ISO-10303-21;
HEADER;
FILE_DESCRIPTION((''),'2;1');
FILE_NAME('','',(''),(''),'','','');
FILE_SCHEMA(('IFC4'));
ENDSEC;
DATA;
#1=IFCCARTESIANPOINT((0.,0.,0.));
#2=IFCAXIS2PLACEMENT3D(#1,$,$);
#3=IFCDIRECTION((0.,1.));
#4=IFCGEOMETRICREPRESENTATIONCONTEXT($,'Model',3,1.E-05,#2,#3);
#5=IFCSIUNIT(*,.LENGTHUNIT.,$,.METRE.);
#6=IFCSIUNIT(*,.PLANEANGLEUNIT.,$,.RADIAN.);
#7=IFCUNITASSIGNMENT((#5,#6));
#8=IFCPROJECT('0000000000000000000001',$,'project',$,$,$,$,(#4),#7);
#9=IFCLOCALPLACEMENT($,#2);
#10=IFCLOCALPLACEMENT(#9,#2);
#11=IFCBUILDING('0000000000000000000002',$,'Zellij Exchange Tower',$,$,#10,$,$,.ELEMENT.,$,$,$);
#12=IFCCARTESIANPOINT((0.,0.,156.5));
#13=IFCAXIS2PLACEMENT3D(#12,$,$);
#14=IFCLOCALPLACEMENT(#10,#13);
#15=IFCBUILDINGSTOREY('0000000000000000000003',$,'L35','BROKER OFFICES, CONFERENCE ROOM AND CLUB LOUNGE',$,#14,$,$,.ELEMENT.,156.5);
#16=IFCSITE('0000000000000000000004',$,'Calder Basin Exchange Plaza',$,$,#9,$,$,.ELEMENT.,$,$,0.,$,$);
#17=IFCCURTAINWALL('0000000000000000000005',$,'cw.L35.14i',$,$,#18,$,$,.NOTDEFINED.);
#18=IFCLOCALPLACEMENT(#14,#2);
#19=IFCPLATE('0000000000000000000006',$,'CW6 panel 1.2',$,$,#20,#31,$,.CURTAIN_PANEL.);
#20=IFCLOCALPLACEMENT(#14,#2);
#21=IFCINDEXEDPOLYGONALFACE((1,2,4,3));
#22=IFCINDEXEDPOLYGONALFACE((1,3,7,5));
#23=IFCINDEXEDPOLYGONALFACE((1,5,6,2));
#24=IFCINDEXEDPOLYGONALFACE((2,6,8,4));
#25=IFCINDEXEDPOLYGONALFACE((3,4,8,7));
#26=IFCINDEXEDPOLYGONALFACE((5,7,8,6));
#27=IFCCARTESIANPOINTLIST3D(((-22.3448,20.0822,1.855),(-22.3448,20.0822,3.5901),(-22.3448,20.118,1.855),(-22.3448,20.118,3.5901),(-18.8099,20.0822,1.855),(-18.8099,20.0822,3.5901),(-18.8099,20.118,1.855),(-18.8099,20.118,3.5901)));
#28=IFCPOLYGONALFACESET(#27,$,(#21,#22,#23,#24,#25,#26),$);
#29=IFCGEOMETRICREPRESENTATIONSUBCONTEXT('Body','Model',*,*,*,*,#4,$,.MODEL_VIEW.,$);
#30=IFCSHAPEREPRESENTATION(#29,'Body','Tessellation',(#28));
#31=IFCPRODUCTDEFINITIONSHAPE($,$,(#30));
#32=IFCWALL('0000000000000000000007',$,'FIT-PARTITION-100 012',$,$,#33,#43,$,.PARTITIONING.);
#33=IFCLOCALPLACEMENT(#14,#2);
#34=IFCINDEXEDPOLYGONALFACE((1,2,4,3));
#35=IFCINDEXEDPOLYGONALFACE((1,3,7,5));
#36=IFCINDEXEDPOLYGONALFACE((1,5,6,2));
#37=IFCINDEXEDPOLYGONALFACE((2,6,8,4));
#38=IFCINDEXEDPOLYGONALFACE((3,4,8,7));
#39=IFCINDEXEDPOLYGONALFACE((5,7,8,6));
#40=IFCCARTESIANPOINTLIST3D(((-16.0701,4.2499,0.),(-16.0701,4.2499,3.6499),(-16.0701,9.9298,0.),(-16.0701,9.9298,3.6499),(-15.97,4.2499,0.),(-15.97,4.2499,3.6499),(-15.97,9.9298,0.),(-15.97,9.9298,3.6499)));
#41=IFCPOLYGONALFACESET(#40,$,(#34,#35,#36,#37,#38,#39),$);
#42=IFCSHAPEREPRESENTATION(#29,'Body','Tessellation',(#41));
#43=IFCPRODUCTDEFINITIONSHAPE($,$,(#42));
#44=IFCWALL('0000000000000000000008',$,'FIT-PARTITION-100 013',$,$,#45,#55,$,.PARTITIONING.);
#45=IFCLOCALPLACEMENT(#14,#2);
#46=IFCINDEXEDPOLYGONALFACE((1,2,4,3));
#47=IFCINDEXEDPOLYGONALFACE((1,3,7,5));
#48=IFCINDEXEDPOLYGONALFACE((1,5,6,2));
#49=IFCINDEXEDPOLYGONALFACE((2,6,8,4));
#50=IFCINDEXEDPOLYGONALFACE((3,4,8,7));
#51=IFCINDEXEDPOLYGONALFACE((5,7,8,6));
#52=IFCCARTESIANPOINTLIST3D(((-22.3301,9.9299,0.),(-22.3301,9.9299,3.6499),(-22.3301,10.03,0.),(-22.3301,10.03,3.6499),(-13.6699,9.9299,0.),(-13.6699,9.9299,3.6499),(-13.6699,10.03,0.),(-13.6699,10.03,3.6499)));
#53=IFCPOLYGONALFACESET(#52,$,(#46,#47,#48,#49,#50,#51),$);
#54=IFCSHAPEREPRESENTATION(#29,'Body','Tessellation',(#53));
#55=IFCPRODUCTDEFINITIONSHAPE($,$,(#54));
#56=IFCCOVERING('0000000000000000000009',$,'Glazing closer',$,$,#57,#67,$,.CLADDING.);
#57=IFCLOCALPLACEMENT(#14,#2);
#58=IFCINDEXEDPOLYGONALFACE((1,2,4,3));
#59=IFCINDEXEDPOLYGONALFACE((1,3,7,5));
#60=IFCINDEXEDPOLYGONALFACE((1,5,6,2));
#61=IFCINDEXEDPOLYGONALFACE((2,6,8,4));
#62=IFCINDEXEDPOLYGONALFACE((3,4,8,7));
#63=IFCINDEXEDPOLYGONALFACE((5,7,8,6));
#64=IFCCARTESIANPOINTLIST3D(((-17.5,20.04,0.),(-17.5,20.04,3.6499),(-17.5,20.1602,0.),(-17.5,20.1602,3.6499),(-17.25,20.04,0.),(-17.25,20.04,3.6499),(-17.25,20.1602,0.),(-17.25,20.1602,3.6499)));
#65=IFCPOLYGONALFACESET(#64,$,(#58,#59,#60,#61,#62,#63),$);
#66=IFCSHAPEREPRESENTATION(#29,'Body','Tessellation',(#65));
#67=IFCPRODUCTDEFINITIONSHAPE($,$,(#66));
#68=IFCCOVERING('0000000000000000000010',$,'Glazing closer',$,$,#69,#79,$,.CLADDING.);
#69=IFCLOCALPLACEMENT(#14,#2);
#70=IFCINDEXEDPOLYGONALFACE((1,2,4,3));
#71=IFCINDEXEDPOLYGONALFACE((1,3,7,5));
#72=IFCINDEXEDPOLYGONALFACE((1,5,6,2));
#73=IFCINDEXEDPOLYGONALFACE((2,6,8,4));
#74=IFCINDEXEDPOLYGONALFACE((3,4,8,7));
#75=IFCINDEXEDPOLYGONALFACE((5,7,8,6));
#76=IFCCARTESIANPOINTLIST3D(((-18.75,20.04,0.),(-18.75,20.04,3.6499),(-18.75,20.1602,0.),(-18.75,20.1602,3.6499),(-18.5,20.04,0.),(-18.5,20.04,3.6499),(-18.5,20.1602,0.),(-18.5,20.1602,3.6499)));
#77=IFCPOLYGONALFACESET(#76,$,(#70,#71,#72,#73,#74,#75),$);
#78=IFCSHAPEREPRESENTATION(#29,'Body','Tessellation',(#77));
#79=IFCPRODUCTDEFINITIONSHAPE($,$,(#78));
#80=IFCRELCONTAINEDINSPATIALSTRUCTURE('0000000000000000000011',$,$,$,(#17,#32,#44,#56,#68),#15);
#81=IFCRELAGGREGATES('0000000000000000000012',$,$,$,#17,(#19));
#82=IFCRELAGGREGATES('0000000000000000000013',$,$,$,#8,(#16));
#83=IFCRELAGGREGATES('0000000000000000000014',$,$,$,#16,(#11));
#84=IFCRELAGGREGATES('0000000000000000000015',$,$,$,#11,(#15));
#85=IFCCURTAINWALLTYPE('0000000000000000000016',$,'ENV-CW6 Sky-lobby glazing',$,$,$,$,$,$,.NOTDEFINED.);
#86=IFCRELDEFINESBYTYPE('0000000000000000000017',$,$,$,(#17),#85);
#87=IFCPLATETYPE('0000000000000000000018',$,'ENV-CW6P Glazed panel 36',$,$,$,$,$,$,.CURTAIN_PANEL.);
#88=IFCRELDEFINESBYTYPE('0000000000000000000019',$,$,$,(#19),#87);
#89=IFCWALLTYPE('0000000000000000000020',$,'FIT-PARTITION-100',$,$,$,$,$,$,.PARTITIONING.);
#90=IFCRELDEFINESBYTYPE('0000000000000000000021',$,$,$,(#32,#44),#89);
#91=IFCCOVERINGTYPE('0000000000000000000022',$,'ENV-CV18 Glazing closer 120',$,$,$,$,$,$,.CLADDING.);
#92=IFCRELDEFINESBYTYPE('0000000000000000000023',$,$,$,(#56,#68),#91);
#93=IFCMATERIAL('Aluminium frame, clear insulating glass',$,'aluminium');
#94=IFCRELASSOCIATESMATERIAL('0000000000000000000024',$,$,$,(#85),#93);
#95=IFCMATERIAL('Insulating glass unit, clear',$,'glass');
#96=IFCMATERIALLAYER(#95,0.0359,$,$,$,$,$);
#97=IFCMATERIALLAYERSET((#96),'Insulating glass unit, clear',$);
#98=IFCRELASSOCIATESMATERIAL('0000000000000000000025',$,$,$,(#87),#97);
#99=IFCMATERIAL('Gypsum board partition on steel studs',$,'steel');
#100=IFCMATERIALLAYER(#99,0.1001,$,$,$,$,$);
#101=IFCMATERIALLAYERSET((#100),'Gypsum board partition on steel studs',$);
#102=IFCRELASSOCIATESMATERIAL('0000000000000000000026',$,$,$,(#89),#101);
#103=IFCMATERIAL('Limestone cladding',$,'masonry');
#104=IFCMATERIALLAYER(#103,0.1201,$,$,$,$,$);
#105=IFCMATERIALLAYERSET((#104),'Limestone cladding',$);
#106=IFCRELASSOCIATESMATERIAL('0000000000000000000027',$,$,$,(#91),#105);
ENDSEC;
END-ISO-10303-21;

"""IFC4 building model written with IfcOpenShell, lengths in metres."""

from ifc_helpers import new_model, si_unit, direction, frame, frame_2d, origin, origin_2d, place, context, subcontext, project, spatial, rectangle, extrude, material, layer, layer_set, type_object, element, aggregate, save


model = new_model("IFC4")

# Units and contexts
model_context = context("Model", 3, precision=1e-05, world=origin(), true_north=direction((0.0, 1.0)))
body_context = subcontext(model_context, "Body", "Model", "MODEL_VIEW")
ifc_project = project(units=[si_unit("LENGTHUNIT", "METRE"), si_unit("PLANEANGLEUNIT", "RADIAN")], contexts=[model_context])

# Site, building, storey
site_placement = place(None, origin())
site = spatial("IfcSite", under=ifc_project, at=site_placement, Name="Calder Basin Exchange Plaza", CompositionType="ELEMENT", RefElevation=0.0)
building_placement = place(site_placement, origin())
building = spatial("IfcBuilding", under=site, at=building_placement, Name="Zellij Exchange Tower", CompositionType="ELEMENT")
storey_placement = place(building_placement, frame((0.0, 0.0, 156.5)))
storey = spatial("IfcBuildingStorey", under=building, at=storey_placement, Name="L35", Description="BROKER OFFICES, CONFERENCE ROOM AND CLUB LOUNGE", CompositionType="ELEMENT", Elevation=156.5)

# Shared definitions
ifc_material_1 = material(Name="Aluminium frame, clear insulating glass", Category="aluminium")
curtain_wall_type = type_object("IfcCurtainWallType", Name="ENV-CW6 Sky-lobby glazing", PredefinedType="NOTDEFINED", material=ifc_material_1)

# Curtain wall
curtain_wall_1_placement = place(storey_placement, origin())
curtain_wall_1 = element("IfcCurtainWall", 1, at=curtain_wall_1_placement, inside=storey, type_object=curtain_wall_type, Name="cw.L35.14i", PredefinedType="NOTDEFINED")

# Plate
ifc_material_2 = material(Name="Insulating glass unit, clear", Category="glass")
ifc_layer_1 = layer(ifc_material_2, 0.0359)
ifc_layer_set_1 = layer_set([ifc_layer_1], Name="Insulating glass unit, clear")
plate_type = type_object("IfcPlateType", Name="ENV-CW6P Glazed panel 36", PredefinedType="CURTAIN_PANEL", material=ifc_layer_set_1)
plate_1_placement = place(storey_placement, frame((-20.5774, 20.1001, 1.855), z_axis=(0.0, 0.0, 1.0), x_axis=(-1.0, 0.0, 0.0)))
plate_1 = element("IfcPlate", 2, at=plate_1_placement, type_object=plate_type, Name="CW6 panel 1.2", PredefinedType="CURTAIN_PANEL", context=body_context, shape_type="SweptSolid", body=[
    extrude(rectangle(XDim=3.5349, YDim=0.0359, at=origin_2d()), origin(), (0.0, 0.0, 1.0), 1.7351),
])
aggregate(curtain_wall_1, [plate_1])

# Walls
ifc_material_3 = material(Name="Gypsum board partition on steel studs", Category="steel")
ifc_layer_2 = layer(ifc_material_3, 0.1001)
ifc_layer_set_2 = layer_set([ifc_layer_2], Name="Gypsum board partition on steel studs")
wall_type = type_object("IfcWallType", Name="FIT-PARTITION-100", PredefinedType="PARTITIONING", material=ifc_layer_set_2)
wall_1_placement = place(storey_placement, frame((-16.02, 4.25, 0.0), z_axis=(0.0, 0.0, 1.0), x_axis=(0.0, 1.0, 0.0)))
element("IfcWall", 3, at=wall_1_placement, inside=storey, type_object=wall_type, Name="FIT-PARTITION-100 012", PredefinedType="PARTITIONING", context=body_context, shape_type="SweptSolid", body=[
    extrude(rectangle(XDim=5.6799, YDim=0.1001, at=frame_2d((2.8398, 0.0))), origin(), (0.0, 0.0, 1.0), 3.6499),
])
wall_2_placement = place(storey_placement, frame((-22.3301, 9.98, 0.0), z_axis=(0.0, 0.0, 1.0), x_axis=(1.0, 0.0, 0.0)))
element("IfcWall", 4, at=wall_2_placement, inside=storey, type_object=wall_type, Name="FIT-PARTITION-100 013", PredefinedType="PARTITIONING", context=body_context, shape_type="SweptSolid", body=[
    extrude(rectangle(XDim=8.6602, YDim=0.1001, at=frame_2d((4.3301, 0.0))), origin(), (0.0, 0.0, 1.0), 3.6499),
])

# Coverings
ifc_material_4 = material(Name="Limestone cladding", Category="masonry")
ifc_layer_3 = layer(ifc_material_4, 0.1201)
ifc_layer_set_3 = layer_set([ifc_layer_3], Name="Limestone cladding")
covering_type = type_object("IfcCoveringType", Name="ENV-CV18 Glazing closer 120", PredefinedType="CLADDING", material=ifc_layer_set_3)
for number, where, z_axis, x_axis, name in (
    (5, (-17.375, 20.1001, 0.0), (0.0, 0.0, 1.0), (-1.0, 0.0, 0.0), "Glazing closer"),
    (6, (-18.625, 20.1001, 0.0), (0.0, 0.0, 1.0), (1.0, 0.0, 0.0), "Glazing closer"),
):
    element("IfcCovering", number, at=place(storey_placement, frame(where, z_axis=z_axis, x_axis=x_axis)), inside=storey, type_object=covering_type, Name=name, PredefinedType="CLADDING", context=body_context, shape_type="SweptSolid", body=[
        extrude(rectangle(XDim=0.25, YDim=0.1201, at=origin_2d()), origin(), (0.0, 0.0, 1.0), 3.6499),
    ])

save(model, "model.ifc")
